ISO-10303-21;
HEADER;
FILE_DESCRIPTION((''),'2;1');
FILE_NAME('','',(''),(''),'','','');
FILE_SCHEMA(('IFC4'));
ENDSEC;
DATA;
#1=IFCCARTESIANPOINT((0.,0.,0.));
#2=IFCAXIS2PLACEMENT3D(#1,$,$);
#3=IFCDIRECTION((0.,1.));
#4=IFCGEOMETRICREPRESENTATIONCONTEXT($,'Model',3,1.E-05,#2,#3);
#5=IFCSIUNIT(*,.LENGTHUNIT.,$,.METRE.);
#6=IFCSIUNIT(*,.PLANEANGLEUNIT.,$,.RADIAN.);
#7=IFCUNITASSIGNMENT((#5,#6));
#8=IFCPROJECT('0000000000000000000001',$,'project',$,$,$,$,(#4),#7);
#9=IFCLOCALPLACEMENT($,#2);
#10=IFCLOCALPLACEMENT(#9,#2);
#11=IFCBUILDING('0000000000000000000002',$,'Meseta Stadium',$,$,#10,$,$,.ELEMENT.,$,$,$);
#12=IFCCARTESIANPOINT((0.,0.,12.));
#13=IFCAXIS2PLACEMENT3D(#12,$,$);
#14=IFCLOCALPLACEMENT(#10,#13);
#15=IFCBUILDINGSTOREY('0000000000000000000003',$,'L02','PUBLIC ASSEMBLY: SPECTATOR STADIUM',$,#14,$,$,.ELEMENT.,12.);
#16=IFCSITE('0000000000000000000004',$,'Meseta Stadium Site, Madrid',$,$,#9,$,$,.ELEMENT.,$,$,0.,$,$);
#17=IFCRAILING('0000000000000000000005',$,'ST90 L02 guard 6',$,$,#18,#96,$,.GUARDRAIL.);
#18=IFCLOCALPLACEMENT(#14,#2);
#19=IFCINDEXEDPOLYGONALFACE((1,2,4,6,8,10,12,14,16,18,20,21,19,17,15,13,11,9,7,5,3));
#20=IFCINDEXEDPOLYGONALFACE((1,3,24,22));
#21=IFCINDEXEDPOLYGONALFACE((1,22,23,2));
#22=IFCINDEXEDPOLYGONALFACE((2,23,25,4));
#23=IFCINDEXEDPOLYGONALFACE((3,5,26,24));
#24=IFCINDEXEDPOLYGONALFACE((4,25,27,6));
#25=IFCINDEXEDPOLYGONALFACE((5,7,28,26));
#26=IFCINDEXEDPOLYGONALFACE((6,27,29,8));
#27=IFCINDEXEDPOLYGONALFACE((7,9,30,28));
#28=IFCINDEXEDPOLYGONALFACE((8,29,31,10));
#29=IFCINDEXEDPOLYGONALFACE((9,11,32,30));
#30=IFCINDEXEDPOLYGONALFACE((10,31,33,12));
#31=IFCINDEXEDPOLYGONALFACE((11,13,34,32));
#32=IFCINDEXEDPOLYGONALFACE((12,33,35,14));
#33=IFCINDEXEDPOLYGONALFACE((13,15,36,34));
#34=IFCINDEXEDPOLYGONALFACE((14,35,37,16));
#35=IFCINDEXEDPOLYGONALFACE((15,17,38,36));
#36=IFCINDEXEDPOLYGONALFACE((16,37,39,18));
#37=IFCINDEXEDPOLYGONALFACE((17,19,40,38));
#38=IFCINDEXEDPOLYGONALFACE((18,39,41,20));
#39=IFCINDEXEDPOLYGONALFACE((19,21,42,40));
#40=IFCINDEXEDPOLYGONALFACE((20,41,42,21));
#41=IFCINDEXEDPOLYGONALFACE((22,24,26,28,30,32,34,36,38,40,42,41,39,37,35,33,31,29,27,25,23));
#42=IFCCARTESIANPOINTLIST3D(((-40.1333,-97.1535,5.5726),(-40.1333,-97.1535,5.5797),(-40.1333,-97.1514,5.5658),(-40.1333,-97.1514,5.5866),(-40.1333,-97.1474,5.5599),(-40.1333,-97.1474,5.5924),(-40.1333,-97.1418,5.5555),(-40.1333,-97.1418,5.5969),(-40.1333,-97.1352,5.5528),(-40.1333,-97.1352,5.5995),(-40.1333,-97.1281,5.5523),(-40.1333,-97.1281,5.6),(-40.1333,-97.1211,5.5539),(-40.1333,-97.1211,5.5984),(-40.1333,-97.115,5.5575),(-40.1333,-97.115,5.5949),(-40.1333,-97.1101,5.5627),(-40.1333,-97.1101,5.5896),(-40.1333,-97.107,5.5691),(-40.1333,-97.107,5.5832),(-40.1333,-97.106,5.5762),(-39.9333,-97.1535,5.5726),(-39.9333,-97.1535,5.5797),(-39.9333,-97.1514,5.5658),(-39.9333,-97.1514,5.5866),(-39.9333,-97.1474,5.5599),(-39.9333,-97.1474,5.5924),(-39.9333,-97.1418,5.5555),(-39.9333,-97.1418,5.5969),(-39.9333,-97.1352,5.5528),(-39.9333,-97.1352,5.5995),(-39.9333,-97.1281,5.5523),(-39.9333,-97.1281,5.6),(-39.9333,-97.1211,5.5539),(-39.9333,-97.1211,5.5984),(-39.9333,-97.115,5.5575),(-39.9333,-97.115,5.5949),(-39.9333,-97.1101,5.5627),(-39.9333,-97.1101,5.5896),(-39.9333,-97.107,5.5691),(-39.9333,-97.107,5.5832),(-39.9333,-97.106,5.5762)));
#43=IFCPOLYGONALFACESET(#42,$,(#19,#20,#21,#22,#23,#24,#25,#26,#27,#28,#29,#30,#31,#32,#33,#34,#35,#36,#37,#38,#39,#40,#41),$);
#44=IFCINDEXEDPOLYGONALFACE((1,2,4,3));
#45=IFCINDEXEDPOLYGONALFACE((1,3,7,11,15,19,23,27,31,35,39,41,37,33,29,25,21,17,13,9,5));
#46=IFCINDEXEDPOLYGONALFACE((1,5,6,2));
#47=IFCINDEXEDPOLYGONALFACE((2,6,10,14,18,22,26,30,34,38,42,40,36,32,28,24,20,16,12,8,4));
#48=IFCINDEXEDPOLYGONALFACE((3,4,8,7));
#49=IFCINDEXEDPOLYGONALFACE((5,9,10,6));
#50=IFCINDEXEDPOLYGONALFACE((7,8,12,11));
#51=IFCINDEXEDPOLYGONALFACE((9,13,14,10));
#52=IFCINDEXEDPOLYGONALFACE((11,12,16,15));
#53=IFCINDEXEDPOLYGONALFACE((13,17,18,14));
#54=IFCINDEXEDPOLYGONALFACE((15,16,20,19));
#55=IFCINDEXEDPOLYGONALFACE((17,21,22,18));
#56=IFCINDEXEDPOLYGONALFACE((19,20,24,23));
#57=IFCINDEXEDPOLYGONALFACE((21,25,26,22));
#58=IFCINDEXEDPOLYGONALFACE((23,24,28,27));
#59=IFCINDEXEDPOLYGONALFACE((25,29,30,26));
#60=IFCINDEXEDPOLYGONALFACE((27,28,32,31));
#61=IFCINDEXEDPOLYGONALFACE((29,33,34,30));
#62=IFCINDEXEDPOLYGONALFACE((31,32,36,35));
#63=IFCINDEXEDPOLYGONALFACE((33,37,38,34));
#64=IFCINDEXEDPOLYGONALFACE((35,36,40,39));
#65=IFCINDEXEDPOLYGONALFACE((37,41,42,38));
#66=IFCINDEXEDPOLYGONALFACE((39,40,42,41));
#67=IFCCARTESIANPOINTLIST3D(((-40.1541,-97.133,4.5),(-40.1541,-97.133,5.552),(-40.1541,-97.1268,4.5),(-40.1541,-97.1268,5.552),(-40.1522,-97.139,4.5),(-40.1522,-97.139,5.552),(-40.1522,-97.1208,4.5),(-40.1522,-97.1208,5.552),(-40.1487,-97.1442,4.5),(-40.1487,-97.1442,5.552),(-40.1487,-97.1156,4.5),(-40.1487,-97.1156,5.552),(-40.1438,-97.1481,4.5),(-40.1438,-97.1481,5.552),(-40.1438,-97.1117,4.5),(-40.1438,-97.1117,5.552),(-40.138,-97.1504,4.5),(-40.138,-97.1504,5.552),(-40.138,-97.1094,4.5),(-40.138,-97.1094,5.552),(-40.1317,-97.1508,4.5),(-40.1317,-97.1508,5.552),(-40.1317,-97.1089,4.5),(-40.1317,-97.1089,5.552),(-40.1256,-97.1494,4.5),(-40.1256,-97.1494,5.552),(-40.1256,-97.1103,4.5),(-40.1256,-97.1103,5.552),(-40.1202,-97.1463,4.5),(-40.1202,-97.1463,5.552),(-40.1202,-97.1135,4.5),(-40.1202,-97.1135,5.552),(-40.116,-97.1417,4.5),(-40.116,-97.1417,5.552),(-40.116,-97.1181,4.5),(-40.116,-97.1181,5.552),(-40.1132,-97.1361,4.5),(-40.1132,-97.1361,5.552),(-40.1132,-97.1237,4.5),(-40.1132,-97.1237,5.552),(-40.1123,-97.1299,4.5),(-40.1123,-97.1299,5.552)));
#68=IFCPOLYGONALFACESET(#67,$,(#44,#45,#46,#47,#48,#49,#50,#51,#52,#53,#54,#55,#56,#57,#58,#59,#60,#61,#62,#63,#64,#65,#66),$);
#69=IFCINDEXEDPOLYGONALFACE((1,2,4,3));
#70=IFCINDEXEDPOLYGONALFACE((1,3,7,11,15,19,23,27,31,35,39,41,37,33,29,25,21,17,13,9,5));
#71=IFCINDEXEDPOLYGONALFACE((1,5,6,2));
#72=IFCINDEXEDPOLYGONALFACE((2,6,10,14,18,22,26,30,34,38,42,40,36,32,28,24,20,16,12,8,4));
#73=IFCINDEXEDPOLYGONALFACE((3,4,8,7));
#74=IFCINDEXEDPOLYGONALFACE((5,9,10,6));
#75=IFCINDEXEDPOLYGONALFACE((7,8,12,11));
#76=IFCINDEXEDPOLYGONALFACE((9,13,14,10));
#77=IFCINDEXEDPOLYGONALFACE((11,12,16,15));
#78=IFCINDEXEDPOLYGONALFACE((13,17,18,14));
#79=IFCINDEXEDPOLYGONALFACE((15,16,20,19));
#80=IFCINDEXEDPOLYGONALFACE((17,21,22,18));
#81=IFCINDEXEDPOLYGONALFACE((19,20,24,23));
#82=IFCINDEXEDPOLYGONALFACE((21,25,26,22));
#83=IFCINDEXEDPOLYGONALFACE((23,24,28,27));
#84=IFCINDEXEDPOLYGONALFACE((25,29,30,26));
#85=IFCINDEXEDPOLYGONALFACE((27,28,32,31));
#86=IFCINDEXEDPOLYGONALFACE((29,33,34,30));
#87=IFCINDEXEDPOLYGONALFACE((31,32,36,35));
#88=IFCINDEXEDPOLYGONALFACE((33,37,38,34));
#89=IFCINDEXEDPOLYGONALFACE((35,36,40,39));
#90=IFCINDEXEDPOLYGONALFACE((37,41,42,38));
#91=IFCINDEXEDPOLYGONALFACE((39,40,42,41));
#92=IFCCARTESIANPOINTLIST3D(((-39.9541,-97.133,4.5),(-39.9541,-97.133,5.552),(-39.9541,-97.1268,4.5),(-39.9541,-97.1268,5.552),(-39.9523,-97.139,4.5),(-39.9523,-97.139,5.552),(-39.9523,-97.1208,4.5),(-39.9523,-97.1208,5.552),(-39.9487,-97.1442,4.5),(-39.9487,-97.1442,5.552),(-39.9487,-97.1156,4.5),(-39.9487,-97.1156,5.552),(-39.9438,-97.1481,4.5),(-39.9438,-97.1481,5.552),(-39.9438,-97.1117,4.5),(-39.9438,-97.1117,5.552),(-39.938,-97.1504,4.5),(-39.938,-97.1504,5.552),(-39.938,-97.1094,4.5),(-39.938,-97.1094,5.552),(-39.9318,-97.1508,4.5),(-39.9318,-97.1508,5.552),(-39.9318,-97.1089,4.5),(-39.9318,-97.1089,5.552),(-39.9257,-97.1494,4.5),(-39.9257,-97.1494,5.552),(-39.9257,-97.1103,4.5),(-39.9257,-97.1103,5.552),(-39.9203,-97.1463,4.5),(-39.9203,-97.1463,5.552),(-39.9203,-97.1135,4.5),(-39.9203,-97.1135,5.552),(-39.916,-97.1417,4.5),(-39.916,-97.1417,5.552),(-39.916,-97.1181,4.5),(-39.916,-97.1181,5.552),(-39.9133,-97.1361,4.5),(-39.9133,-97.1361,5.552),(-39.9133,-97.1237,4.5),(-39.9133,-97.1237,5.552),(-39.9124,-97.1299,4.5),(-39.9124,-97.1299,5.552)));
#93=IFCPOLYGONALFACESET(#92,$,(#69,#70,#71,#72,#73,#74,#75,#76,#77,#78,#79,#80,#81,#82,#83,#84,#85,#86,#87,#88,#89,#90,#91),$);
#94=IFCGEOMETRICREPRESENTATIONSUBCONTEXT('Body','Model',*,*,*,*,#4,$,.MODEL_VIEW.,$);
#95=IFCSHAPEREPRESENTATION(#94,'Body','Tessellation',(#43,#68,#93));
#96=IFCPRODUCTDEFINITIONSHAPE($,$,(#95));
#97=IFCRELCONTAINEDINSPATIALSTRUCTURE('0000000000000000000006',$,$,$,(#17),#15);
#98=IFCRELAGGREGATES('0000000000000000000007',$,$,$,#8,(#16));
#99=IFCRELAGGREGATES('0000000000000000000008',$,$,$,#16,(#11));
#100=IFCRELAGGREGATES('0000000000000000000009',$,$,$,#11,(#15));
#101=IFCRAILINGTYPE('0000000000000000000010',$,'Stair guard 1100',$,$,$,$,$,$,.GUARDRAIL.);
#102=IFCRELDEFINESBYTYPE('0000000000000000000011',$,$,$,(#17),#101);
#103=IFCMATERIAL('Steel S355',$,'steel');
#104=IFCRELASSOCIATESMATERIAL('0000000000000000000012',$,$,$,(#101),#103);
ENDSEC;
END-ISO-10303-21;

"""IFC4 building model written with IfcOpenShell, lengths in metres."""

from ifc_helpers import new_model, si_unit, direction, frame, origin, origin_2d, place, context, subcontext, project, spatial, circle, extrude, material, type_object, element, save


model = new_model("IFC4")

# Units and contexts
model_context = context("Model", 3, precision=1e-05, world=origin(), true_north=direction((0.0, 1.0)))
body_context = subcontext(model_context, "Body", "Model", "MODEL_VIEW")
ifc_project = project(units=[si_unit("LENGTHUNIT", "METRE"), si_unit("PLANEANGLEUNIT", "RADIAN")], contexts=[model_context])

# Site, building, storey
site_placement = place(None, origin())
site = spatial("IfcSite", under=ifc_project, at=site_placement, Name="Meseta Stadium Site, Madrid", CompositionType="ELEMENT", RefElevation=0.0)
building_placement = place(site_placement, origin())
building = spatial("IfcBuilding", under=site, at=building_placement, Name="Meseta Stadium", CompositionType="ELEMENT")
storey_placement = place(building_placement, frame((0.0, 0.0, 12.0)))
storey = spatial("IfcBuildingStorey", under=building, at=storey_placement, Name="L02", Description="PUBLIC ASSEMBLY: SPECTATOR STADIUM", CompositionType="ELEMENT", Elevation=12.0)

# Railing
ifc_material_1 = material(Name="Steel S355", Category="steel")
railing_type_1 = type_object("IfcRailingType", Name="Stair guard 1100", PredefinedType="GUARDRAIL", material=ifc_material_1)
railing_1_placement = place(storey_placement, frame((-40.1333, -97.1299, 4.5)))
element("IfcRailing", 1, at=railing_1_placement, inside=storey, type_object=railing_type_1, Name="ST90 L02 guard 6", PredefinedType="GUARDRAIL", context=body_context, shape_type="SweptSolid", body=[
    extrude(circle(Radius=0.0239, at=origin_2d()), frame((0.0, 0.0, 1.0762), z_axis=(1.0, 0.0, 0.0), x_axis=(0.0, 1.0, 0.0)), (0.0, 0.0, 1.0), 0.2),
    extrude(circle(Radius=0.021, at=origin_2d()), origin(), (0.0, 0.0, 1.0), 1.052),
    extrude(circle(Radius=0.021, at=origin_2d()), frame((0.2, 0.0, 0.0)), (0.0, 0.0, 1.0), 1.052),
])

save(model, "model.ifc")
